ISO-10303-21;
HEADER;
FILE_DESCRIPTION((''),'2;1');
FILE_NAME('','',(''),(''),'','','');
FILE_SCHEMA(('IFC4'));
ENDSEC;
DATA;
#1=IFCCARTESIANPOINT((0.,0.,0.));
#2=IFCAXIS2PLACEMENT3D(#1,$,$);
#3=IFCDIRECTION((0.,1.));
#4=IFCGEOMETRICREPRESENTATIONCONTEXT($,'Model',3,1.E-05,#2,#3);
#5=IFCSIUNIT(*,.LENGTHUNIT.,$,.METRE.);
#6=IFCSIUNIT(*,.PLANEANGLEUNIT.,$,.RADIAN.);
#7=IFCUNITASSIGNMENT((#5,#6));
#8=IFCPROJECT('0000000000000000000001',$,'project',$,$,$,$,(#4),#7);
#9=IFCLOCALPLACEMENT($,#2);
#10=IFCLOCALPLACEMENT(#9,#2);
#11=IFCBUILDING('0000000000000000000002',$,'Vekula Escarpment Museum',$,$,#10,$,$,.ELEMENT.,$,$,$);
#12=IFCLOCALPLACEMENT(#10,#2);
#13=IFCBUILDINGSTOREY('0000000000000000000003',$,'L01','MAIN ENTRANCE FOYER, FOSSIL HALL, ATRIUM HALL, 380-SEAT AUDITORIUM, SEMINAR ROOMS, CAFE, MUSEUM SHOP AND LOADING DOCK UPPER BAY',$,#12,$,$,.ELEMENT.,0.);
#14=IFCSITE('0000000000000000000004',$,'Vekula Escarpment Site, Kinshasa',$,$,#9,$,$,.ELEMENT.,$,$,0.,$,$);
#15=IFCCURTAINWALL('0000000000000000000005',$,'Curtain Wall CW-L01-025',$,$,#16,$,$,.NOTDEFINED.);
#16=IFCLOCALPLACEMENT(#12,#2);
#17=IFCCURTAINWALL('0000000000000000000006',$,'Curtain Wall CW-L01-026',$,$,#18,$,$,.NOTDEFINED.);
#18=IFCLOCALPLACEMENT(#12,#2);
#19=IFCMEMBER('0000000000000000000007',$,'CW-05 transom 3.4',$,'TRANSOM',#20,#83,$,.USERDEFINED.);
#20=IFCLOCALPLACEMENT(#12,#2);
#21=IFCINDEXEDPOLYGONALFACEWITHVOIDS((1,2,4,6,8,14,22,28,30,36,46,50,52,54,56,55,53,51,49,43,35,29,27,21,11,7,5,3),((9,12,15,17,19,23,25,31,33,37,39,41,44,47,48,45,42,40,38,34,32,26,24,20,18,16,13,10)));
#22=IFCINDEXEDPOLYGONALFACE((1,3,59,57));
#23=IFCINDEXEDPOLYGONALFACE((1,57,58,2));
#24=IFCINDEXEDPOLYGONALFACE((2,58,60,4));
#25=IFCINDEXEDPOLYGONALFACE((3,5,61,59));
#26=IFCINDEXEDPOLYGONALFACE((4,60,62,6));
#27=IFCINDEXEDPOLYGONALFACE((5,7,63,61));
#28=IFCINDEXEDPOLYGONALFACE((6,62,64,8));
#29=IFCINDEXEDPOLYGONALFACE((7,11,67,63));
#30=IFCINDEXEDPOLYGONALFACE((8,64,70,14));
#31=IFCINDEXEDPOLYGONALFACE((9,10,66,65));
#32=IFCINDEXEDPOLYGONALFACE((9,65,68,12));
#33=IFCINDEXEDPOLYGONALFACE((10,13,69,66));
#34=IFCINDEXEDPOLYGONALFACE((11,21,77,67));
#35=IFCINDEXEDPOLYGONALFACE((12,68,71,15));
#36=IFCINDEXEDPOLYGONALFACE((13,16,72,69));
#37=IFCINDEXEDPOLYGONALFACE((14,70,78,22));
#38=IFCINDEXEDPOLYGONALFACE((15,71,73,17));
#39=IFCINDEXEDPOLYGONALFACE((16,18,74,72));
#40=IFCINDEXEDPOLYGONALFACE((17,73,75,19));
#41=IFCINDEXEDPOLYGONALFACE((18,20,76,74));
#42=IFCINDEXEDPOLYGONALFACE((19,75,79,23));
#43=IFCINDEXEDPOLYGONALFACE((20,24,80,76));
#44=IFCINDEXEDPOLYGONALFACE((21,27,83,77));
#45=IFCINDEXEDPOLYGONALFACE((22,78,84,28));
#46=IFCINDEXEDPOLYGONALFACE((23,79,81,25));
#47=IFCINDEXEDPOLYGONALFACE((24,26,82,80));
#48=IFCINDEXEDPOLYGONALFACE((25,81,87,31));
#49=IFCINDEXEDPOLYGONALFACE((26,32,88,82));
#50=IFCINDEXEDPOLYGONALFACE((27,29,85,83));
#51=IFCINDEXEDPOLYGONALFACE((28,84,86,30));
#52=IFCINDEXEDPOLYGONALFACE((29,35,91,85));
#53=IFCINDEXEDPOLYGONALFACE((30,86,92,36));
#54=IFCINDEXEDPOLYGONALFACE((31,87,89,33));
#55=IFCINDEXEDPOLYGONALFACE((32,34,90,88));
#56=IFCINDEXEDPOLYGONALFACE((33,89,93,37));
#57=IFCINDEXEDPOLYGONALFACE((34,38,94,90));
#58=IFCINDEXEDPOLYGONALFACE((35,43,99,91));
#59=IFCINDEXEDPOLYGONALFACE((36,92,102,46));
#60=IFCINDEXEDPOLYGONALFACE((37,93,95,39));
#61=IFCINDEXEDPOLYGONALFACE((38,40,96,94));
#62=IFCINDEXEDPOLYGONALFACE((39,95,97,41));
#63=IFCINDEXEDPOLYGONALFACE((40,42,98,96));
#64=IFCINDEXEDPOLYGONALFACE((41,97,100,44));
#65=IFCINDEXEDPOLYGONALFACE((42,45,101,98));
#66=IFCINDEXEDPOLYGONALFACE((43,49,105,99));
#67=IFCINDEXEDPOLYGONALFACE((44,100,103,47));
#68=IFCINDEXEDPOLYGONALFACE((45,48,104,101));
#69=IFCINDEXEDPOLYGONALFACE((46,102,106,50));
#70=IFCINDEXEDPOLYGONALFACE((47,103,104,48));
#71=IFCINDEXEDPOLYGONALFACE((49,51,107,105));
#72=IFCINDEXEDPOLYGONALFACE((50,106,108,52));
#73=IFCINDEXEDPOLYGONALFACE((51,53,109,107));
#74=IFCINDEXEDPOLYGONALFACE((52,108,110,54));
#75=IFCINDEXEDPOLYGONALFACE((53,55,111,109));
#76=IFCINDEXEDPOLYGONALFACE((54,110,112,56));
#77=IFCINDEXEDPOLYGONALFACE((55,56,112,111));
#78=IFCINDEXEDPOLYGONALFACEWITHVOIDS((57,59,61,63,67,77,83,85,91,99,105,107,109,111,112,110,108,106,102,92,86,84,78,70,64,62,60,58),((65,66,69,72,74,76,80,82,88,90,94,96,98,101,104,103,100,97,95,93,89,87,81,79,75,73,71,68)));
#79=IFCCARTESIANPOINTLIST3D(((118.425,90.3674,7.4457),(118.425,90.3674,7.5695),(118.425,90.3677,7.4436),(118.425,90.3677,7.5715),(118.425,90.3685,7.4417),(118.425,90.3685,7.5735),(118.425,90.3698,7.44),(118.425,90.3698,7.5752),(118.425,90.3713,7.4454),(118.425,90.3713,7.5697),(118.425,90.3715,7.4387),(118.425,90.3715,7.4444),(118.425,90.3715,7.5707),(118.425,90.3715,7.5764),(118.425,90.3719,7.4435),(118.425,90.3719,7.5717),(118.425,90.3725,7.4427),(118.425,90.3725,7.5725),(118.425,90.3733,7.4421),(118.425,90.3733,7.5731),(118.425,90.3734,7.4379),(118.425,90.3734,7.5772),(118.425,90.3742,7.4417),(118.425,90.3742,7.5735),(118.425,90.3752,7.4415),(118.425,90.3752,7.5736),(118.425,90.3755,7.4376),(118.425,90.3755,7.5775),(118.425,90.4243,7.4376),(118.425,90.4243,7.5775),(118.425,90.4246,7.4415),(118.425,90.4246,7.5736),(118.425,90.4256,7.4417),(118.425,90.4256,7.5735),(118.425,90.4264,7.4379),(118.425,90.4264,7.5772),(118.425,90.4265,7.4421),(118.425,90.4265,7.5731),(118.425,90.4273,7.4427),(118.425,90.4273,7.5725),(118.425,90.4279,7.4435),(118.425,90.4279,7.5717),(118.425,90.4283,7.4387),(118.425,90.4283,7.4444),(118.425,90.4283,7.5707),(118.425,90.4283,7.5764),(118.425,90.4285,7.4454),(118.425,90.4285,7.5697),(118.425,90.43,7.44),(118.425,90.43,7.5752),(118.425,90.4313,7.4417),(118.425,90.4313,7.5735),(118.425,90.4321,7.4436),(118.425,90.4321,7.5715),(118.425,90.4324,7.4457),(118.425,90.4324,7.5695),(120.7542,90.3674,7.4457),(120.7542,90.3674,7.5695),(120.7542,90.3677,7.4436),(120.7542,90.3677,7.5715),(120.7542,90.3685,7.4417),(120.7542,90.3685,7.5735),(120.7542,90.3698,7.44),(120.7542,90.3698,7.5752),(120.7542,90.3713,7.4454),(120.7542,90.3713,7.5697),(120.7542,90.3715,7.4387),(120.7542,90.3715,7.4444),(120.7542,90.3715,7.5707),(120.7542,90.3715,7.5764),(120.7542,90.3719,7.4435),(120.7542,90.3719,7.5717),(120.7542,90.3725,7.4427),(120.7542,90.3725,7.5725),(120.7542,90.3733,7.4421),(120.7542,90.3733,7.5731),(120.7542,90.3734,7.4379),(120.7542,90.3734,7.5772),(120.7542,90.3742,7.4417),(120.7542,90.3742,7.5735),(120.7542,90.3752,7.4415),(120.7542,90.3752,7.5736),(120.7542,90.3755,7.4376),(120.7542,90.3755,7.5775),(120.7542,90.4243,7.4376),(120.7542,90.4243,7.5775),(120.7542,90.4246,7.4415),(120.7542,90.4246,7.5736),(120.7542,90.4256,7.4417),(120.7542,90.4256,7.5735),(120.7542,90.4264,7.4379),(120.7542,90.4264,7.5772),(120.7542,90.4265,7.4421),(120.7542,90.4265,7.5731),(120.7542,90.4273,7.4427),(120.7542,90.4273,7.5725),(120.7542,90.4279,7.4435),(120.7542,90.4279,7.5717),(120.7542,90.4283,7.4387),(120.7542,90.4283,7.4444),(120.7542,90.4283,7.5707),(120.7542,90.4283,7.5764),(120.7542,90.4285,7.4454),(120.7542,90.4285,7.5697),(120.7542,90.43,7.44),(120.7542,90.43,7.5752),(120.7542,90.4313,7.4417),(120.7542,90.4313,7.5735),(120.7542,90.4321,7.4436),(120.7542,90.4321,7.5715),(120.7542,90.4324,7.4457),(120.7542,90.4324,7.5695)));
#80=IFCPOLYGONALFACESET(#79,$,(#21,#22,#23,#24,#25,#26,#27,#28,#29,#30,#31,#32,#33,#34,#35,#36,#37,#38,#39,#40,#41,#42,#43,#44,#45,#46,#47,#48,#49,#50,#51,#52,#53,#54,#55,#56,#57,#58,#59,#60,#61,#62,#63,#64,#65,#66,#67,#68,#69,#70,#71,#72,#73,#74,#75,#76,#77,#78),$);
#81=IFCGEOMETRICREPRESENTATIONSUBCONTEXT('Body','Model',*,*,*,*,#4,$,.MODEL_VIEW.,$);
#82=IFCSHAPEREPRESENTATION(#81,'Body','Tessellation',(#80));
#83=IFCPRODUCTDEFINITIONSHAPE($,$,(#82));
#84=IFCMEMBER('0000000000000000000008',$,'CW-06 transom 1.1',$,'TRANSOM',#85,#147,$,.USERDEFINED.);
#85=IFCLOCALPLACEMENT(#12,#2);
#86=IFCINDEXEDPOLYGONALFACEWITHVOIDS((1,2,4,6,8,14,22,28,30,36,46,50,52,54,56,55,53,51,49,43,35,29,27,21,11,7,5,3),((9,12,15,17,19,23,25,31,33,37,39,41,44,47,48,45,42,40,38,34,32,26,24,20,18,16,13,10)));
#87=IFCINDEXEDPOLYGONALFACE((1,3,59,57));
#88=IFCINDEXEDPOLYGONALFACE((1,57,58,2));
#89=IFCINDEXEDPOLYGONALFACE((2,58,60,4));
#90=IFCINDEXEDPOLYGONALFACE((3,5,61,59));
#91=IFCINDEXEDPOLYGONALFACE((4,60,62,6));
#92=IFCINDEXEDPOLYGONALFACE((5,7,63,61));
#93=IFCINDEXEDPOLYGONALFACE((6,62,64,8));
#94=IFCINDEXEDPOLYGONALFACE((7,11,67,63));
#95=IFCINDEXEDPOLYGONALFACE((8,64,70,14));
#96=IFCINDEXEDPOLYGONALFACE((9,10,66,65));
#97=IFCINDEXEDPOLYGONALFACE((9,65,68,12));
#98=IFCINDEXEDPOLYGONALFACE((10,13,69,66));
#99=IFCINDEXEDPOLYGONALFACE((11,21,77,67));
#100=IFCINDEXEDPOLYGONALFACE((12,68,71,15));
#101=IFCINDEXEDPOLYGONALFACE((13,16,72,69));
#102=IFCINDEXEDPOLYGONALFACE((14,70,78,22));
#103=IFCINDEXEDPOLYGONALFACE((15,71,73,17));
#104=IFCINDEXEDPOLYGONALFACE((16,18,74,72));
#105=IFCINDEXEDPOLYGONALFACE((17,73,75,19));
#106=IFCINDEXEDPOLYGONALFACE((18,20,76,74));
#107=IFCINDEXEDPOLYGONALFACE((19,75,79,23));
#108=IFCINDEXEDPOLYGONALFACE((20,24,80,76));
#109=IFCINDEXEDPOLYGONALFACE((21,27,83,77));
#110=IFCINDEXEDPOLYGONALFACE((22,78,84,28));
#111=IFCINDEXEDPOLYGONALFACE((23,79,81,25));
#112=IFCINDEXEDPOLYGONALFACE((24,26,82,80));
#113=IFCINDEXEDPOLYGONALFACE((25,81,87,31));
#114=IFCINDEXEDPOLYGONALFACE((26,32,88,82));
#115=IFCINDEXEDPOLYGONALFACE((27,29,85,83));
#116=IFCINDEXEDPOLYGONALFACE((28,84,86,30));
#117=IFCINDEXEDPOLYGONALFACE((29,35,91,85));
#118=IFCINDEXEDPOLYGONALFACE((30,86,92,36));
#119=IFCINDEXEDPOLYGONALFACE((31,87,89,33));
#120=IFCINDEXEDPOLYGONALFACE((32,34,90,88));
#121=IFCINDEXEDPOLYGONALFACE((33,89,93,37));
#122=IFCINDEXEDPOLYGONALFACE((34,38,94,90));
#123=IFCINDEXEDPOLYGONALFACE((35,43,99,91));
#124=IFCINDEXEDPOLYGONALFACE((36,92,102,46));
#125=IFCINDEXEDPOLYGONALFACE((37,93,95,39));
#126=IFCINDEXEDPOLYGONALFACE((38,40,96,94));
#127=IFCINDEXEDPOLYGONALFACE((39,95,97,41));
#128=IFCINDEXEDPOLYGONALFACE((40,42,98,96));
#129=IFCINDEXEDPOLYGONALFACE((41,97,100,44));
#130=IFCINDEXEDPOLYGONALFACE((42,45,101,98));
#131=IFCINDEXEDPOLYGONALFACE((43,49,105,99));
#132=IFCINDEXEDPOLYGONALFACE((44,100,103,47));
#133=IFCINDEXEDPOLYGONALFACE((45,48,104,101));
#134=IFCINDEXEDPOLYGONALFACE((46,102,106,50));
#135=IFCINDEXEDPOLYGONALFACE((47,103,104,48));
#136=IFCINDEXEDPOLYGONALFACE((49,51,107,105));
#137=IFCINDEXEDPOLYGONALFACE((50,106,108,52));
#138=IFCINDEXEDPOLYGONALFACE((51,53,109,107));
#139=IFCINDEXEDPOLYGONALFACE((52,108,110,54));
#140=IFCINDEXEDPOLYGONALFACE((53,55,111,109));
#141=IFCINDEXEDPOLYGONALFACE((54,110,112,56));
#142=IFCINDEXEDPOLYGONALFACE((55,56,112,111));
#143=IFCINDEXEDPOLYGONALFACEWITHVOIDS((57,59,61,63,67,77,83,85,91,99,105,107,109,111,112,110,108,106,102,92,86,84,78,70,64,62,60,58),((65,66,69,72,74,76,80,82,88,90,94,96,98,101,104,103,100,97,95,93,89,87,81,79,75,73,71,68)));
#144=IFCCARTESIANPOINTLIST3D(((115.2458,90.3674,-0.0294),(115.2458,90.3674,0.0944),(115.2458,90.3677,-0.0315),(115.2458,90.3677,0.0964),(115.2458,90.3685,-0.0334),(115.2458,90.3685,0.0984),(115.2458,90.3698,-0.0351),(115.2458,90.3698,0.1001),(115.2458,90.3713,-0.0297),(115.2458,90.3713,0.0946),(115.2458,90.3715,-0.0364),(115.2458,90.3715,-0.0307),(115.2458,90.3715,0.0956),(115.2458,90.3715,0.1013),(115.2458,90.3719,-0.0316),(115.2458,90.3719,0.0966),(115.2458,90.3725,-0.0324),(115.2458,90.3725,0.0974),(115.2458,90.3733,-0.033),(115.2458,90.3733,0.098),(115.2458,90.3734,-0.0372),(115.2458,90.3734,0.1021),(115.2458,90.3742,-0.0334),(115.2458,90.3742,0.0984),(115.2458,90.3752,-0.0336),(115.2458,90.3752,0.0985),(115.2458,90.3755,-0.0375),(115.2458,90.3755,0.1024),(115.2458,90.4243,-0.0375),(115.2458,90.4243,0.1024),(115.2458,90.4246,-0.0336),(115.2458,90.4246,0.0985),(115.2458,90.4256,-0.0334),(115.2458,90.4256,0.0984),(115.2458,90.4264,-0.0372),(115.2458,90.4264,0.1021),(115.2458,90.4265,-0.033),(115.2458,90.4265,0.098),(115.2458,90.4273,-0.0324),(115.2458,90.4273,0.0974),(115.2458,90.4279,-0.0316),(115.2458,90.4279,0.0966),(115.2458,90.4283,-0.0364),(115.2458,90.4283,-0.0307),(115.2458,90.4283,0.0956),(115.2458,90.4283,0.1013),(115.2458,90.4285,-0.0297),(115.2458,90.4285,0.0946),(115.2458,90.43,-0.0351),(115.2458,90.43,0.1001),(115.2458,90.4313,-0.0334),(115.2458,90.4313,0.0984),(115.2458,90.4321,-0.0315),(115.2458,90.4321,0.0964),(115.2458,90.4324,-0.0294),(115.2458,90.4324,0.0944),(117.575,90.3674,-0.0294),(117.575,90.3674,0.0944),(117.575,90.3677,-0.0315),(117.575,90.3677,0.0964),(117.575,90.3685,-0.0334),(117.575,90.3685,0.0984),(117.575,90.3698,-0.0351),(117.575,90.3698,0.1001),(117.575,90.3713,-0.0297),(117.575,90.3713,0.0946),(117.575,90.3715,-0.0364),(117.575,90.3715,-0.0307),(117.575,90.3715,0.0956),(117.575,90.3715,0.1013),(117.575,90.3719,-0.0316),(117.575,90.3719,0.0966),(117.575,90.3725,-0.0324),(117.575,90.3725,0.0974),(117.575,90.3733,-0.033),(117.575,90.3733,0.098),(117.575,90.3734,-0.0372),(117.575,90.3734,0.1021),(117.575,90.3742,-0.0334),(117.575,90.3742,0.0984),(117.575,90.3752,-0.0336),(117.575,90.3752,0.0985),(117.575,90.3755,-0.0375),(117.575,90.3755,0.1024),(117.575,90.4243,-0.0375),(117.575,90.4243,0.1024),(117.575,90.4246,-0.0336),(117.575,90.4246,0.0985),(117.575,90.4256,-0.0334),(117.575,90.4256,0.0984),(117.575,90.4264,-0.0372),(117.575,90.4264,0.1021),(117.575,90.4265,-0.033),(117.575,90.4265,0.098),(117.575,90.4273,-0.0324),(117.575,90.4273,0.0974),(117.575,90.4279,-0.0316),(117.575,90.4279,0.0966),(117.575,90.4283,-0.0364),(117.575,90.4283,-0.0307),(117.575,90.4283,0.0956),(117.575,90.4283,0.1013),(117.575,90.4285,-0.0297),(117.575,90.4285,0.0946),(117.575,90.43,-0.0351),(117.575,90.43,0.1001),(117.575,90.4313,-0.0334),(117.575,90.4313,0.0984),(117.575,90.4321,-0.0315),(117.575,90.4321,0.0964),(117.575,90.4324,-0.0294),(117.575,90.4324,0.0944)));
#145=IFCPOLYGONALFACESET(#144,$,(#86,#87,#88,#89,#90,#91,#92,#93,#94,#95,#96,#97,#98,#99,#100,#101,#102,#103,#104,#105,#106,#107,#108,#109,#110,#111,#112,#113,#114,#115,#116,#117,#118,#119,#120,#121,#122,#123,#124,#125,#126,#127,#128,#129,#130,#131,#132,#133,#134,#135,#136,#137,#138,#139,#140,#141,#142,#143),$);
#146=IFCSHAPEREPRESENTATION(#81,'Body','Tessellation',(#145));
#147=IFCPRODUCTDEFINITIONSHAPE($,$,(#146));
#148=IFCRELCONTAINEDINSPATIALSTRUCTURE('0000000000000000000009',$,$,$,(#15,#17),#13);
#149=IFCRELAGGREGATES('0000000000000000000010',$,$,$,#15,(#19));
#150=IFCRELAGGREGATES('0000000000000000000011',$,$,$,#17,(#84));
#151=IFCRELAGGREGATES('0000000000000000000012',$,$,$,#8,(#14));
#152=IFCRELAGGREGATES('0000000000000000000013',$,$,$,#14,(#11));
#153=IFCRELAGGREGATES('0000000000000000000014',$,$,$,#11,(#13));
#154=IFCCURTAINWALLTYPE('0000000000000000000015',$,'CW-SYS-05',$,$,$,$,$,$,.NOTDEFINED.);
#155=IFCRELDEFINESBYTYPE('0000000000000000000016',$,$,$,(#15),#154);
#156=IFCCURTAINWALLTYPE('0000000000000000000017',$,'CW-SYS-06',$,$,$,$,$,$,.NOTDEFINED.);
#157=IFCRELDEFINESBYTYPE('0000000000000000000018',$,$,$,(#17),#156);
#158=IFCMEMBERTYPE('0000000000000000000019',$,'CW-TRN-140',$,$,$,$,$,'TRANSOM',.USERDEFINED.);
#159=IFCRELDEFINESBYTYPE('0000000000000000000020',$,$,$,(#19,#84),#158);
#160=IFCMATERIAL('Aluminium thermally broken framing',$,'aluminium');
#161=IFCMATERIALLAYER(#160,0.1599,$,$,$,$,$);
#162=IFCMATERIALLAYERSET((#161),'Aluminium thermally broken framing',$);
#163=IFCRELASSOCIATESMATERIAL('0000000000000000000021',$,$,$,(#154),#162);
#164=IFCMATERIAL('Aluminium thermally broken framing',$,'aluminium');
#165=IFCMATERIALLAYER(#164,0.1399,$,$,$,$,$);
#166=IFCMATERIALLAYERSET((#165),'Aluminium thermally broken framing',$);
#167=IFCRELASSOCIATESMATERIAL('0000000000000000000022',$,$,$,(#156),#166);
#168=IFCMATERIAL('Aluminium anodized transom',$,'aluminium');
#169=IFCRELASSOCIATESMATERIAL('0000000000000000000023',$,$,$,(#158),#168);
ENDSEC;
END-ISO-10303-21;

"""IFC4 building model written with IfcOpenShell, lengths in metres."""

from ifc_helpers import new_model, si_unit, direction, frame, origin, origin_2d, place, context, subcontext, project, spatial, hollow_rectangle, extrude, material, layer, layer_set, material_profile, profile_set, type_object, element, aggregate, save


model = new_model("IFC4")

# Units and contexts
model_context = context("Model", 3, precision=1e-05, world=origin(), true_north=direction((0.0, 1.0)))
body_context = subcontext(model_context, "Body", "Model", "MODEL_VIEW")
ifc_project = project(units=[si_unit("LENGTHUNIT", "METRE"), si_unit("PLANEANGLEUNIT", "RADIAN")], contexts=[model_context])

# Site, building, storey
site_placement = place(None, origin())
site = spatial("IfcSite", under=ifc_project, at=site_placement, Name="Vekula Escarpment Site, Kinshasa", CompositionType="ELEMENT", RefElevation=0.0)
building_placement = place(site_placement, origin())
building = spatial("IfcBuilding", under=site, at=building_placement, Name="Vekula Escarpment Museum", CompositionType="ELEMENT")
storey_placement = place(building_placement, origin())
storey = spatial("IfcBuildingStorey", under=building, at=storey_placement, Name="L01", Description="MAIN ENTRANCE FOYER, FOSSIL HALL, ATRIUM HALL, 380-SEAT AUDITORIUM, SEMINAR ROOMS, CAFE, MUSEUM SHOP AND LOADING DOCK UPPER BAY", CompositionType="ELEMENT", Elevation=0.0)

# Curtain wall
ifc_material_1 = material(Name="Aluminium thermally broken framing", Category="aluminium")
ifc_layer_1 = layer(ifc_material_1, 0.1599)
ifc_layer_set_1 = layer_set([ifc_layer_1], Name="Aluminium thermally broken framing")
curtain_wall_type_1 = type_object("IfcCurtainWallType", Name="CW-SYS-05", PredefinedType="NOTDEFINED", material=ifc_layer_set_1)
curtain_wall_1_placement = place(storey_placement, origin())
curtain_wall_1 = element("IfcCurtainWall", 1, at=curtain_wall_1_placement, inside=storey, type_object=curtain_wall_type_1, Name="Curtain Wall CW-L01-025", PredefinedType="NOTDEFINED")

# Curtain wall
ifc_material_2 = material(Name="Aluminium thermally broken framing", Category="aluminium")
ifc_layer_2 = layer(ifc_material_2, 0.1399)
ifc_layer_set_2 = layer_set([ifc_layer_2], Name="Aluminium thermally broken framing")
curtain_wall_type_2 = type_object("IfcCurtainWallType", Name="CW-SYS-06", PredefinedType="NOTDEFINED", material=ifc_layer_set_2)
curtain_wall_2_placement = place(storey_placement, origin())
curtain_wall_2 = element("IfcCurtainWall", 2, at=curtain_wall_2_placement, inside=storey, type_object=curtain_wall_type_2, Name="Curtain Wall CW-L01-026", PredefinedType="NOTDEFINED")

# Members
ifc_material_3 = material(Name="Aluminium anodized transom", Category="aluminium")
ifc_material_profile_1 = material_profile(ifc_material_3, hollow_rectangle(XDim=0.0649, YDim=0.1399, WallThickness=0.0039, InnerFilletRadius=0.0039, OuterFilletRadius=0.0081, at=origin_2d()), Name="ALU 140x65x4")
ifc_profile_set_1 = profile_set([ifc_material_profile_1], Name="Aluminium anodized transom")
member_type_1 = type_object("IfcMemberType", Name="CW-TRN-140", ElementType="TRANSOM", PredefinedType="USERDEFINED", material=ifc_profile_set_1)
member_1_placement = place(storey_placement, frame((120.7542, 90.3999, 7.5076), z_axis=(-1.0, 0.0, 0.0), x_axis=(0.0, -1.0, 0.0)))
member_1 = element("IfcMember", 3, at=member_1_placement, type_object=member_type_1, Name="CW-05 transom 3.4", ObjectType="TRANSOM", PredefinedType="USERDEFINED", context=body_context, shape_type="SweptSolid", body=[
    extrude(hollow_rectangle(XDim=0.0649, YDim=0.1399, WallThickness=0.0039, InnerFilletRadius=0.0039, OuterFilletRadius=0.0081, at=origin_2d()), origin(), (0.0, 0.0, 1.0), 2.3291),
])
member_2_placement = place(storey_placement, frame((117.575, 90.3999, 0.0325), z_axis=(-1.0, 0.0, 0.0), x_axis=(0.0, -1.0, 0.0)))
member_2 = element("IfcMember", 4, at=member_2_placement, type_object=member_type_1, Name="CW-06 transom 1.1", ObjectType="TRANSOM", PredefinedType="USERDEFINED", context=body_context, shape_type="SweptSolid", body=[
    extrude(hollow_rectangle(XDim=0.0649, YDim=0.1399, WallThickness=0.0039, InnerFilletRadius=0.0039, OuterFilletRadius=0.0081, at=origin_2d()), origin(), (0.0, 0.0, 1.0), 2.3291),
])

aggregate(curtain_wall_1, [member_1])
aggregate(curtain_wall_2, [member_2])

save(model, "model.ifc")
